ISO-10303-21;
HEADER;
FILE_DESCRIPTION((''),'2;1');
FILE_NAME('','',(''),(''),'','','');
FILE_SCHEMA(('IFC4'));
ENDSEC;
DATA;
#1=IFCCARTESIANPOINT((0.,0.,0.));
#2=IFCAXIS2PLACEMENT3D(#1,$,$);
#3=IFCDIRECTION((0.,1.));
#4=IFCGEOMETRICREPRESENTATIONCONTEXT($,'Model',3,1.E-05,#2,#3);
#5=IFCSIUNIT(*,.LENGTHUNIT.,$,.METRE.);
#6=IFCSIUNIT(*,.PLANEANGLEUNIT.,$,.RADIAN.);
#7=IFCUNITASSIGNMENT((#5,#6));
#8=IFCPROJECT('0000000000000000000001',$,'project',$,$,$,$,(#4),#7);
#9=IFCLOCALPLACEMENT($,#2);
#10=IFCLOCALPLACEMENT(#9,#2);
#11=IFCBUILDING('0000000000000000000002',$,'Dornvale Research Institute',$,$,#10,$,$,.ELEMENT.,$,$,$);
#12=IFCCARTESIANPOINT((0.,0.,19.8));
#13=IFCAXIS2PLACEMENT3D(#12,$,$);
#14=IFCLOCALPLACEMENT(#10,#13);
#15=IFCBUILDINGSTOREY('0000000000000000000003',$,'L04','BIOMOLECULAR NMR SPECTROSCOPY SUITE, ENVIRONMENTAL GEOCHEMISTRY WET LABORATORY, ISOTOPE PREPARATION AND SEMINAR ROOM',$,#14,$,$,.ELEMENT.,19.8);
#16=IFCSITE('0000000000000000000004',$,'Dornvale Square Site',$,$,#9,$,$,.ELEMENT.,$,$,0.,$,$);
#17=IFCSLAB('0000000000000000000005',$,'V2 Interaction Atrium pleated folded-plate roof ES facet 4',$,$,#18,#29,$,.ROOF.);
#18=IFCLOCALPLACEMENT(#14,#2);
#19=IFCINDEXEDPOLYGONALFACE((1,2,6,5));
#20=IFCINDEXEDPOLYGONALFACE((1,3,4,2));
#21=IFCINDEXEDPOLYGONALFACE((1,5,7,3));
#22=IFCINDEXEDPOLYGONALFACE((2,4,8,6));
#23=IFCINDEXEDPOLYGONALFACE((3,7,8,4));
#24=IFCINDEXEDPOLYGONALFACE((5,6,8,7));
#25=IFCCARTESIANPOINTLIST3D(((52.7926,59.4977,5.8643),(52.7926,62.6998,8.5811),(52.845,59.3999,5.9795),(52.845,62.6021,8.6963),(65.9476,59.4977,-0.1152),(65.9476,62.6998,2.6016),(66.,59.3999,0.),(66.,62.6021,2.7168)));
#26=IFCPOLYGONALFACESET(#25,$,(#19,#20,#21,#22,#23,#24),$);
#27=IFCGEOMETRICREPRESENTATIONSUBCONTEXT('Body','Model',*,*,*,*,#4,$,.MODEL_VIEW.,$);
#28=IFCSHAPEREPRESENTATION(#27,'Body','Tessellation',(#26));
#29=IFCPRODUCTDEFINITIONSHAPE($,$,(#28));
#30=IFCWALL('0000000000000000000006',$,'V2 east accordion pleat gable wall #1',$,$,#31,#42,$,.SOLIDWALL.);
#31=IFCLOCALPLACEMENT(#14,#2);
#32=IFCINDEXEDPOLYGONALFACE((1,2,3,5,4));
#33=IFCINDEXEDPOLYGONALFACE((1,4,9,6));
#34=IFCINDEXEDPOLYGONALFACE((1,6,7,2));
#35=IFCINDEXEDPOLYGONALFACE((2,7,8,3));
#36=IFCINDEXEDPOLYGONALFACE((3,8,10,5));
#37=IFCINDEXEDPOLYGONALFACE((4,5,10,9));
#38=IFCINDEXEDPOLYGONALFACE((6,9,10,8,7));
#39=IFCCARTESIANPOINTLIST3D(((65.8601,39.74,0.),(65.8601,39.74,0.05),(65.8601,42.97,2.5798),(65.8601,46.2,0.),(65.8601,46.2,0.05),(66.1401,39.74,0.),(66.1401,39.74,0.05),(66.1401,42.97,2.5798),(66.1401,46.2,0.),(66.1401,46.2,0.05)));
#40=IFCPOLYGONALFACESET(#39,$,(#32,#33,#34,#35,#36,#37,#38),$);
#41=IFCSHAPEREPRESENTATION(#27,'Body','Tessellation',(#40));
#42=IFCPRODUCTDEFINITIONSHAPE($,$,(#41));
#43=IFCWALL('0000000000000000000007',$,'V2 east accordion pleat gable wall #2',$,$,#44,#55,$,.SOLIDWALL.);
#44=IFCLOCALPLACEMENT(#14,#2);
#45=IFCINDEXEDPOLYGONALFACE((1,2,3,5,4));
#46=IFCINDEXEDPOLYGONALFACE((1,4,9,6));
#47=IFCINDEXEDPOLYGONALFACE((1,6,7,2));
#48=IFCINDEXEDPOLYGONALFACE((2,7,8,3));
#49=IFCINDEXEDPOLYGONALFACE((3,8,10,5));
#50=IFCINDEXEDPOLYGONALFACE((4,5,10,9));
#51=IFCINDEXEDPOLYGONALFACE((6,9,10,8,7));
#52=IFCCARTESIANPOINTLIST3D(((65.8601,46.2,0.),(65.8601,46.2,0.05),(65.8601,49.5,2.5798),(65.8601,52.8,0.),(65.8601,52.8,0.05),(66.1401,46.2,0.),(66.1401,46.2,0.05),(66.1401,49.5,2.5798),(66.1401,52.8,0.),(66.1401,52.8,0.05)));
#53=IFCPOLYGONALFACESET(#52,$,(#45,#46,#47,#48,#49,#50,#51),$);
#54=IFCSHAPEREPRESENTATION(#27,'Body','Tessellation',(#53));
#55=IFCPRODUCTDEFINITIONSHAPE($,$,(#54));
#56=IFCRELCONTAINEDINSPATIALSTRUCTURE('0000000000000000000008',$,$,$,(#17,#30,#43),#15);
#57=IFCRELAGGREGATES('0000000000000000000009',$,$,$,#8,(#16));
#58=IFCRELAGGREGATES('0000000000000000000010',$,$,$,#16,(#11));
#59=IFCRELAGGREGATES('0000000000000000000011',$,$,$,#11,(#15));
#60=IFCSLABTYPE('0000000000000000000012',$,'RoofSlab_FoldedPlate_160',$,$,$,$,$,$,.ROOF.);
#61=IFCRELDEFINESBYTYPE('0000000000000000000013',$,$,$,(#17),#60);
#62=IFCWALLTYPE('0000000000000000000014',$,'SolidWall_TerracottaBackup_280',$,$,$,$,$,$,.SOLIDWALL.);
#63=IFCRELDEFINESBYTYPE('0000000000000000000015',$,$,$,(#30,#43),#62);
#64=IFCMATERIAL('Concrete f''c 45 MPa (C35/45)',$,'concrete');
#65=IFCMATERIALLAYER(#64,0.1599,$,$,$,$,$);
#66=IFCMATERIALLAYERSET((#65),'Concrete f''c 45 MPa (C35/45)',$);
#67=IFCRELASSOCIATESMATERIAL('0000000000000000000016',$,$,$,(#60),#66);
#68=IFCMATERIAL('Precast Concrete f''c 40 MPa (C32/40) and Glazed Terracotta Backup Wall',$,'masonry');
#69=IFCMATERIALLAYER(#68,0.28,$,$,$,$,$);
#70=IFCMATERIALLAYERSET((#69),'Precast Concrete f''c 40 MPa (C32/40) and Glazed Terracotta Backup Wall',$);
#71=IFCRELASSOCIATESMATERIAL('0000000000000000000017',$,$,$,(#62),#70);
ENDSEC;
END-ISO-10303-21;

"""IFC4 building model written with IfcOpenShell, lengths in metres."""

from ifc_helpers import new_model, si_unit, direction, frame, origin, place, context, subcontext, project, spatial, polyline, outline, extrude, material, layer, layer_set, type_object, element, save


model = new_model("IFC4")

# Units and contexts
model_context = context("Model", 3, precision=1e-05, world=origin(), true_north=direction((0.0, 1.0)))
body_context = subcontext(model_context, "Body", "Model", "MODEL_VIEW")
ifc_project = project(units=[si_unit("LENGTHUNIT", "METRE"), si_unit("PLANEANGLEUNIT", "RADIAN")], contexts=[model_context])

# Site, building, storey
site_placement = place(None, origin())
site = spatial("IfcSite", under=ifc_project, at=site_placement, Name="Dornvale Square Site", CompositionType="ELEMENT", RefElevation=0.0)
building_placement = place(site_placement, origin())
building = spatial("IfcBuilding", under=site, at=building_placement, Name="Dornvale Research Institute", CompositionType="ELEMENT")
storey_placement = place(building_placement, frame((0.0, 0.0, 19.8)))
storey = spatial("IfcBuildingStorey", under=building, at=storey_placement, Name="L04", Description="BIOMOLECULAR NMR SPECTROSCOPY SUITE, ENVIRONMENTAL GEOCHEMISTRY WET LABORATORY, ISOTOPE PREPARATION AND SEMINAR ROOM", CompositionType="ELEMENT", Elevation=19.8)

# Slab
ifc_material_1 = material(Name="Concrete f'c 45 MPa (C35/45)", Category="concrete")
ifc_layer_1 = layer(ifc_material_1, 0.1599)
ifc_layer_set_1 = layer_set([ifc_layer_1], Name="Concrete f'c 45 MPa (C35/45)")
slab_type = type_object("IfcSlabType", Name="RoofSlab_FoldedPlate_160", PredefinedType="ROOF", material=ifc_layer_set_1)
slab_1_placement = place(storey_placement, frame((52.845, 59.3999, 5.9795), z_axis=(0.327488, -0.611277, 0.720481), x_axis=(0.910368, 0.0, -0.413799)))
element("IfcSlab", 1, at=slab_1_placement, inside=storey, type_object=slab_type, Name="V2 Interaction Atrium pleated folded-plate roof ES facet 4", PredefinedType="ROOF", context=body_context, shape_type="SweptSolid", body=[
    extrude(outline(polyline([(0.0, 0.0), (14.4502, 0.0), (13.326, 4.0461), (-1.1242, 4.0461), (0.0, 0.0)])), origin(), (0.0, 0.0, -1.0), 0.1599),
])

# Walls
ifc_material_2 = material(Name="Precast Concrete f'c 40 MPa (C32/40) and Glazed Terracotta Backup Wall", Category="masonry")
ifc_layer_2 = layer(ifc_material_2, 0.28)
ifc_layer_set_2 = layer_set([ifc_layer_2], Name="Precast Concrete f'c 40 MPa (C32/40) and Glazed Terracotta Backup Wall")
wall_type = type_object("IfcWallType", Name="SolidWall_TerracottaBackup_280", PredefinedType="SOLIDWALL", material=ifc_layer_set_2)
wall_1_placement = place(storey_placement, frame((66.0, 46.2, 0.0), z_axis=(0.0, 0.0, 1.0), x_axis=(0.0, -1.0, 0.0)))
element("IfcWall", 2, at=wall_1_placement, inside=storey, type_object=wall_type, Name="V2 east accordion pleat gable wall #1", PredefinedType="SOLIDWALL", context=body_context, shape_type="SweptSolid", body=[
    extrude(outline(polyline([(0.0, 0.0), (6.46, 0.0), (6.46, 0.05), (3.23, 2.5798), (0.0, 0.05), (0.0, 0.0)])), frame((0.0, 0.1401, 0.0), z_axis=(0.0, -1.0, 0.0), x_axis=(1.0, 0.0, 0.0)), (0.0, 0.0, 1.0), 0.28),
])
wall_2_placement = place(storey_placement, frame((66.0, 52.8, 0.0), z_axis=(0.0, 0.0, 1.0), x_axis=(0.0, -1.0, 0.0)))
element("IfcWall", 3, at=wall_2_placement, inside=storey, type_object=wall_type, Name="V2 east accordion pleat gable wall #2", PredefinedType="SOLIDWALL", context=body_context, shape_type="SweptSolid", body=[
    extrude(outline(polyline([(0.0, 0.0), (6.6001, 0.0), (6.6001, 0.05), (3.3, 2.5798), (0.0, 0.05), (0.0, 0.0)])), frame((0.0, 0.1401, 0.0), z_axis=(0.0, -1.0, 0.0), x_axis=(1.0, 0.0, 0.0)), (0.0, 0.0, 1.0), 0.28),
])

save(model, "model.ifc")
